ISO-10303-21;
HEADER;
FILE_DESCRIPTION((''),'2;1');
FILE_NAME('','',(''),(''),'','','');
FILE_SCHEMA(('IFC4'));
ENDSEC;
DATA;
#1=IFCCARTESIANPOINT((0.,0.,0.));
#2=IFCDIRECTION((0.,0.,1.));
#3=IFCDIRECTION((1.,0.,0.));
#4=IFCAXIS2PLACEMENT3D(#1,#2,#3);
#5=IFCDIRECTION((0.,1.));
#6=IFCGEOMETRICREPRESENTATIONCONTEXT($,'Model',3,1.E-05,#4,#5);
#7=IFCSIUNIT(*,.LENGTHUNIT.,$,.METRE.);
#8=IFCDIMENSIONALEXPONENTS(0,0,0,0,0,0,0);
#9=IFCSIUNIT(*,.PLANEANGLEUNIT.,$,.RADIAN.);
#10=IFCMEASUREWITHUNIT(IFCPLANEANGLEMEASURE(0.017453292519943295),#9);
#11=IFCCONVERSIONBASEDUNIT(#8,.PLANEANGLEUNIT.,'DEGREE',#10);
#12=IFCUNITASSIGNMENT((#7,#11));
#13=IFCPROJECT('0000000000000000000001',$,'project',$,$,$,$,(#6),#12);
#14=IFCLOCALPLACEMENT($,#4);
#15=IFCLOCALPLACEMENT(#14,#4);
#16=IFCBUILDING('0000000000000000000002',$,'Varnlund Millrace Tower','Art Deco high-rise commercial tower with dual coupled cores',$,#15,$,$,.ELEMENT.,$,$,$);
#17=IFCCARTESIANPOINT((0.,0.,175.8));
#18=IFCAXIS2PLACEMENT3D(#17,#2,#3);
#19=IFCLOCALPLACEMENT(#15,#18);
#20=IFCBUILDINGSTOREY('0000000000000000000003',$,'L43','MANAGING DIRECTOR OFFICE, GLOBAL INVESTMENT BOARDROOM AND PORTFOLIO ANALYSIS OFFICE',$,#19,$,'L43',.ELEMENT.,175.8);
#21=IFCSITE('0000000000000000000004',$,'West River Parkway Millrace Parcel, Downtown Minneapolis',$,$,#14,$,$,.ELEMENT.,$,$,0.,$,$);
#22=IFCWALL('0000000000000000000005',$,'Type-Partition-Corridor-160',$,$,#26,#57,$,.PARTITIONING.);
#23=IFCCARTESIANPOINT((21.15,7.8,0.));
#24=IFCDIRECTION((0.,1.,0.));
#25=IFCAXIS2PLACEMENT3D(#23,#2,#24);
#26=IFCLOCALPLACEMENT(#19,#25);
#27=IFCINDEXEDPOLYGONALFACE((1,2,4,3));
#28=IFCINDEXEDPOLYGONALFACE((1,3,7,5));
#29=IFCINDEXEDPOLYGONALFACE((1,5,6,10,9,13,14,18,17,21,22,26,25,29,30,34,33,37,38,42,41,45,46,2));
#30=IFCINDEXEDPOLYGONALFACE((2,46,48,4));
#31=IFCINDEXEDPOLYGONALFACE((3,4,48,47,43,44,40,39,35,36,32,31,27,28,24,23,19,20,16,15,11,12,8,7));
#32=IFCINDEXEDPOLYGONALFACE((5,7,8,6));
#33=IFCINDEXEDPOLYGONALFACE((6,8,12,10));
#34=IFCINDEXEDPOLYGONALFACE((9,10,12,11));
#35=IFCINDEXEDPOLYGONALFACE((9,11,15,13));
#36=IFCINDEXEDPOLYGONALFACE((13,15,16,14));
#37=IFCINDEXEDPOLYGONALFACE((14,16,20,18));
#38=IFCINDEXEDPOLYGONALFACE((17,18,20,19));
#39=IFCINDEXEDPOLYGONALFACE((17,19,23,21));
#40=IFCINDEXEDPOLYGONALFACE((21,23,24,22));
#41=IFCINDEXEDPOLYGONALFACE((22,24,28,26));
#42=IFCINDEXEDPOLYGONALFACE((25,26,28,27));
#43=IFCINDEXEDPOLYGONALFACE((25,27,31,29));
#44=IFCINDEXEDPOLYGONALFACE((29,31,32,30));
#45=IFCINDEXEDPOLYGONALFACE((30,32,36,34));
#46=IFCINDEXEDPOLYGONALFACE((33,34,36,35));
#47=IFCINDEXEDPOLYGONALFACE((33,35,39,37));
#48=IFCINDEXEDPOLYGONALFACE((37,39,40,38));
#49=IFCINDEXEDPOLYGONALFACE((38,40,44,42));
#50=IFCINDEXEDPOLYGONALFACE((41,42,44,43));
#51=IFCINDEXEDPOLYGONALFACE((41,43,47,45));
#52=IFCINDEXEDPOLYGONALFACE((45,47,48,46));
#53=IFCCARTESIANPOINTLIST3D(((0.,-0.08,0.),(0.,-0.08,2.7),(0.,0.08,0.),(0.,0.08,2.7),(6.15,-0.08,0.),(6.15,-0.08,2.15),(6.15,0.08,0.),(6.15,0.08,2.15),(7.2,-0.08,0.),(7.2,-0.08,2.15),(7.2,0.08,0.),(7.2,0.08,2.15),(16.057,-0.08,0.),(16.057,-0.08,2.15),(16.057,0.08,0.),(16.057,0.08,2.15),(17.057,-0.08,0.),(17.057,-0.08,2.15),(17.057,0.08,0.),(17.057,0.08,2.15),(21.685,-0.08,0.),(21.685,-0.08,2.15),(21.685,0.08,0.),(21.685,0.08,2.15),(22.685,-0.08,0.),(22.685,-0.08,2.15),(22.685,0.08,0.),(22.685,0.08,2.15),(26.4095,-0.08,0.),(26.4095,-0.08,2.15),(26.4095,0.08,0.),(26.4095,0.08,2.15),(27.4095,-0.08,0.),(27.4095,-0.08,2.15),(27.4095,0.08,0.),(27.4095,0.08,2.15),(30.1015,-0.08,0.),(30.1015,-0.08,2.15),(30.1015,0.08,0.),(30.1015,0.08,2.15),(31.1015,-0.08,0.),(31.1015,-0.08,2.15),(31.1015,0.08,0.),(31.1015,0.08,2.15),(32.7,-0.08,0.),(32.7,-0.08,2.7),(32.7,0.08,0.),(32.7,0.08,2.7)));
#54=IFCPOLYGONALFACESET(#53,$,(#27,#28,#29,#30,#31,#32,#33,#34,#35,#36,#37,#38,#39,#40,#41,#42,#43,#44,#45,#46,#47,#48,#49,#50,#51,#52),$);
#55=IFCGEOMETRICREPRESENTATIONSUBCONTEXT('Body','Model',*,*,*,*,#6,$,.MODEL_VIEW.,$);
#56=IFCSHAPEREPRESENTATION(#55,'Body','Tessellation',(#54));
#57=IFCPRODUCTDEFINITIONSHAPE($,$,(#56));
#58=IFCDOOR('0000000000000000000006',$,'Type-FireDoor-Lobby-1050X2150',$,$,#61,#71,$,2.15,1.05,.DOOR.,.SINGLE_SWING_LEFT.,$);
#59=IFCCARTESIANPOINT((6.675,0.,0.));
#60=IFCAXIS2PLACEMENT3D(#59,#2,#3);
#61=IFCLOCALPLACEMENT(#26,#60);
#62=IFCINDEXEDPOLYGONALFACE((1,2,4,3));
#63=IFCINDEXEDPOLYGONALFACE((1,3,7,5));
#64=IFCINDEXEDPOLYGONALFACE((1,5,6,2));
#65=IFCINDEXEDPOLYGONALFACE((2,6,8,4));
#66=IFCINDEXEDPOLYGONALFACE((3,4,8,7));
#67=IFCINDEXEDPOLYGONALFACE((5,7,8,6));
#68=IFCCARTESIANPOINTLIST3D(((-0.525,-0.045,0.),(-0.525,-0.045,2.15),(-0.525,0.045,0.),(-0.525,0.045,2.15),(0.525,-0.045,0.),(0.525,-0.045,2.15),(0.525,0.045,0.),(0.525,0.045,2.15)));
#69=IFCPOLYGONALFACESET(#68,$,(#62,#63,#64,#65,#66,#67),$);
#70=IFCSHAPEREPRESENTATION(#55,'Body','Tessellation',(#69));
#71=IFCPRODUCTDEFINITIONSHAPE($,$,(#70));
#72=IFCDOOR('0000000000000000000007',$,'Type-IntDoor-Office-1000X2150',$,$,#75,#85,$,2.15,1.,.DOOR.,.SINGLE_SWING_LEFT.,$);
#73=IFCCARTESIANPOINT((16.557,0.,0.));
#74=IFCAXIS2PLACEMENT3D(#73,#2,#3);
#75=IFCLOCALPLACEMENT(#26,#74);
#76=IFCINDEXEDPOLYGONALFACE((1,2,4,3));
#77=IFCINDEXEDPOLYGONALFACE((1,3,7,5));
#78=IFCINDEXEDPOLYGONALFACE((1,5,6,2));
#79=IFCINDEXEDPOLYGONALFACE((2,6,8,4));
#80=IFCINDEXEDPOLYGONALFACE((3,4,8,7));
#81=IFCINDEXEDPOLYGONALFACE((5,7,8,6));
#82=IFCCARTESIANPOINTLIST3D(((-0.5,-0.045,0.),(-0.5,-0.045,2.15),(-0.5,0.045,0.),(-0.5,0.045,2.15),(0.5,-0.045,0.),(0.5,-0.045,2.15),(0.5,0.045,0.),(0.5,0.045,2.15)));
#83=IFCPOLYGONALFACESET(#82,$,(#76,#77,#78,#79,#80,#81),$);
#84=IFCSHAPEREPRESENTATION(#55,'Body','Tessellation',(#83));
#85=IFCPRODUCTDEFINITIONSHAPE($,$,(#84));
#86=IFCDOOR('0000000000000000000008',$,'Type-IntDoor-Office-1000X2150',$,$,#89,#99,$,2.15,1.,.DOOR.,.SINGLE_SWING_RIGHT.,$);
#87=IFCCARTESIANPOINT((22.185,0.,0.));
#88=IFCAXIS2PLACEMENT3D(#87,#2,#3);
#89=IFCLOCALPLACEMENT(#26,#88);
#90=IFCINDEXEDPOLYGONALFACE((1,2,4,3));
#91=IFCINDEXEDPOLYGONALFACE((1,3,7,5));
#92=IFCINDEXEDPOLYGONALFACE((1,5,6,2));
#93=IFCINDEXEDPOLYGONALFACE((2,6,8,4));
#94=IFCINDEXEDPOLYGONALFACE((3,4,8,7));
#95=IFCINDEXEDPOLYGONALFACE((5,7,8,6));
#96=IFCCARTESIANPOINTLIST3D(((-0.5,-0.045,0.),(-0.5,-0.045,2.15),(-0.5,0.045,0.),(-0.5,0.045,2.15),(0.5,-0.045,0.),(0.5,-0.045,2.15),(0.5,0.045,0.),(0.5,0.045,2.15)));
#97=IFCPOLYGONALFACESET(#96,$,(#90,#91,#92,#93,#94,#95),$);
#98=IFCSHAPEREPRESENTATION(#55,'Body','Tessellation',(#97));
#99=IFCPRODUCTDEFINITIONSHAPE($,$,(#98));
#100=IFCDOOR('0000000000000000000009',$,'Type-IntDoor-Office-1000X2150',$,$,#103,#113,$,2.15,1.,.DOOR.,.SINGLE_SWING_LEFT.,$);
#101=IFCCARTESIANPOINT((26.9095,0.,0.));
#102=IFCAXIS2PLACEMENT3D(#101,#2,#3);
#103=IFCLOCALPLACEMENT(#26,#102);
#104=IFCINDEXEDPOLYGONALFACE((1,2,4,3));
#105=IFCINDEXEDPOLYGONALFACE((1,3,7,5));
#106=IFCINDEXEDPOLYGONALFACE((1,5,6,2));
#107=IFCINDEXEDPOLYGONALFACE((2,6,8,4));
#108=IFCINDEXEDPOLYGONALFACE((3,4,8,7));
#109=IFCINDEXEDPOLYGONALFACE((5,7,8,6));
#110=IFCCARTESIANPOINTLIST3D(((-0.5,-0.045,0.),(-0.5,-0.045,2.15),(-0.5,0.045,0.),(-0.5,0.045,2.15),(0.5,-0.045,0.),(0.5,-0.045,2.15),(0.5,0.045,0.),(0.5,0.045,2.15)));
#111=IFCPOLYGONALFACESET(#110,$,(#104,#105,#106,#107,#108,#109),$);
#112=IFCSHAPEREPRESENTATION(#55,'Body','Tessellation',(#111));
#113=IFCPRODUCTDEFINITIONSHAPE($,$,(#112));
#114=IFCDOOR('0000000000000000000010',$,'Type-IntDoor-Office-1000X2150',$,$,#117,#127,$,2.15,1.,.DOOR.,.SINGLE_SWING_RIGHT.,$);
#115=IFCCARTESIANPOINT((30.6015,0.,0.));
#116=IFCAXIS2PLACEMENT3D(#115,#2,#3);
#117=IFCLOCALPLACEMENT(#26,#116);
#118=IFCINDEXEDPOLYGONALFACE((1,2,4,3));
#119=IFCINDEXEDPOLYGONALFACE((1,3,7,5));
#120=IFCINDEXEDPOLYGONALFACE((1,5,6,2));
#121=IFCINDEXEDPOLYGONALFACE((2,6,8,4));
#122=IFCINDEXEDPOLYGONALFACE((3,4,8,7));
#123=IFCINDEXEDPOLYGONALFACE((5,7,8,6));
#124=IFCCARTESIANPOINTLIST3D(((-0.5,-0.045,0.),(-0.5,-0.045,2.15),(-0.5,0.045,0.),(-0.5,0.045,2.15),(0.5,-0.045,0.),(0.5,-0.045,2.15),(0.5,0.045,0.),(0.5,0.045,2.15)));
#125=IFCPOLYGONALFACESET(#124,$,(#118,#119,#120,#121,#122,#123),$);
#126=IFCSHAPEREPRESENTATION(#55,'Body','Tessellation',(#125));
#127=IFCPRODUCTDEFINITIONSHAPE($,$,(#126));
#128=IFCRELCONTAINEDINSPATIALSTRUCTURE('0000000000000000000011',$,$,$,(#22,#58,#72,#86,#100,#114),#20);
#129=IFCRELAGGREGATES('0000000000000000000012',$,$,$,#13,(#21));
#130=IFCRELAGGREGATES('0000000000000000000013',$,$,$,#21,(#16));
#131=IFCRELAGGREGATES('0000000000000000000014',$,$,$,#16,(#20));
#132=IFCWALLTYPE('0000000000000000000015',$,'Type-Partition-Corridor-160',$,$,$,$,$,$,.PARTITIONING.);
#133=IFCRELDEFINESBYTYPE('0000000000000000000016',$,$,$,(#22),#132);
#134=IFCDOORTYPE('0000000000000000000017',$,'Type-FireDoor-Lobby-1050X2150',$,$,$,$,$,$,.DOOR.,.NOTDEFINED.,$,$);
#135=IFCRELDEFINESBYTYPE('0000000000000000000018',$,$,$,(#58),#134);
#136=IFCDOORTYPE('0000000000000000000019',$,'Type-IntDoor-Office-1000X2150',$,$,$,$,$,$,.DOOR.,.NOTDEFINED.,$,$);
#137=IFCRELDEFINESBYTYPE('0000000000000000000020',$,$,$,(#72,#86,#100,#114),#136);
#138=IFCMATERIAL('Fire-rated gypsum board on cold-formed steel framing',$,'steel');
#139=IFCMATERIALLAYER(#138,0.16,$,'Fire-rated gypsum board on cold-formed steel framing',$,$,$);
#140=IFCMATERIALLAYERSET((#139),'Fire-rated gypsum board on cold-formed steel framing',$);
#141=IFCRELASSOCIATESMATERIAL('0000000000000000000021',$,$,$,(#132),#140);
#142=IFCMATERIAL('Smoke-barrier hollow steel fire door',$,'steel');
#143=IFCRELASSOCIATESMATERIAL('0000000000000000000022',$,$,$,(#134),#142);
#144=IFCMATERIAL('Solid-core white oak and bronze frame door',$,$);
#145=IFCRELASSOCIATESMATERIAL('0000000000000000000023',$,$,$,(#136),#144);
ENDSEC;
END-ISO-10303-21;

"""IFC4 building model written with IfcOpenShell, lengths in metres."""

from ifc_helpers import new_model, entity, si_unit, converted_unit, direction, frame, origin_with_axes, origin_2d_with_axis, place, context, subcontext, project, spatial, polyline, rectangle, outline, extrude, material, layer, layer_set, type_object, element, fill, save


model = new_model("IFC4")

# Units and contexts
model_context = context("Model", 3, precision=1e-05, world=origin_with_axes(), true_north=direction((0.0, 1.0)))
body_context = subcontext(model_context, "Body", "Model", "MODEL_VIEW")
ifc_project = project(units=[si_unit("LENGTHUNIT", "METRE"), converted_unit("PLANEANGLEUNIT", "DEGREE", entity("IfcPlaneAngleMeasure", 0.017453292519943295), si_unit("PLANEANGLEUNIT", "RADIAN"), dimensions=[0, 0, 0, 0, 0, 0, 0])], contexts=[model_context])

# Site, building, storey
site_placement = place(None, origin_with_axes())
site = spatial("IfcSite", under=ifc_project, at=site_placement, Name="West River Parkway Millrace Parcel, Downtown Minneapolis", CompositionType="ELEMENT", RefElevation=0.0)
building_placement = place(site_placement, origin_with_axes())
building = spatial("IfcBuilding", under=site, at=building_placement, Name="Varnlund Millrace Tower", Description="Art Deco high-rise commercial tower with dual coupled cores", CompositionType="ELEMENT")
storey_placement = place(building_placement, frame((0.0, 0.0, 175.8), z_axis=(0.0, 0.0, 1.0), x_axis=(1.0, 0.0, 0.0)))
storey = spatial("IfcBuildingStorey", under=building, at=storey_placement, Name="L43", Description="MANAGING DIRECTOR OFFICE, GLOBAL INVESTMENT BOARDROOM AND PORTFOLIO ANALYSIS OFFICE", LongName="L43", CompositionType="ELEMENT", Elevation=175.8)

# Wall, openings, doors
ifc_material_1 = material(Name="Fire-rated gypsum board on cold-formed steel framing", Category="steel")
ifc_layer_1 = layer(ifc_material_1, 0.16, Name="Fire-rated gypsum board on cold-formed steel framing")
ifc_layer_set_1 = layer_set([ifc_layer_1], Name="Fire-rated gypsum board on cold-formed steel framing")
wall_type_1 = type_object("IfcWallType", Name="Type-Partition-Corridor-160", PredefinedType="PARTITIONING", material=ifc_layer_set_1)
wall_1_placement = place(storey_placement, frame((21.15, 7.8, 0.0), z_axis=(0.0, 0.0, 1.0), x_axis=(0.0, 1.0, 0.0)))
wall_1 = element("IfcWall", 1, at=wall_1_placement, inside=storey, type_object=wall_type_1, Name="Type-Partition-Corridor-160", PredefinedType="PARTITIONING", context=body_context, shape_type="SweptSolid", body=[
    extrude(outline(polyline([(0.0, -0.08), (32.7, -0.08), (32.7, 0.08), (0.0, 0.08), (0.0, -0.08)])), origin_with_axes(), (0.0, 0.0, 1.0), 2.7),
])
opening_1_placement = place(wall_1_placement, frame((16.557, 0.0, 0.0), z_axis=(0.0, 0.0, 1.0), x_axis=(1.0, 0.0, 0.0)))
opening_1 = element("IfcOpeningElement", 2, at=opening_1_placement, cuts=wall_1, PredefinedType="OPENING", context=body_context, shape_type="SweptSolid", body=[
    extrude(rectangle(XDim=1.0, YDim=0.18, at=origin_2d_with_axis()), origin_with_axes(), (0.0, 0.0, 1.0), 2.15),
])
opening_2_placement = place(wall_1_placement, frame((22.185, 0.0, 0.0), z_axis=(0.0, 0.0, 1.0), x_axis=(1.0, 0.0, 0.0)))
opening_2 = element("IfcOpeningElement", 3, at=opening_2_placement, cuts=wall_1, PredefinedType="OPENING", context=body_context, shape_type="SweptSolid", body=[
    extrude(rectangle(XDim=1.0, YDim=0.18, at=origin_2d_with_axis()), origin_with_axes(), (0.0, 0.0, 1.0), 2.15),
])
opening_3_placement = place(wall_1_placement, frame((26.9095, 0.0, 0.0), z_axis=(0.0, 0.0, 1.0), x_axis=(1.0, 0.0, 0.0)))
opening_3 = element("IfcOpeningElement", 4, at=opening_3_placement, cuts=wall_1, PredefinedType="OPENING", context=body_context, shape_type="SweptSolid", body=[
    extrude(rectangle(XDim=1.0, YDim=0.18, at=origin_2d_with_axis()), origin_with_axes(), (0.0, 0.0, 1.0), 2.15),
])
opening_4_placement = place(wall_1_placement, frame((30.6015, 0.0, 0.0), z_axis=(0.0, 0.0, 1.0), x_axis=(1.0, 0.0, 0.0)))
opening_4 = element("IfcOpeningElement", 5, at=opening_4_placement, cuts=wall_1, PredefinedType="OPENING", context=body_context, shape_type="SweptSolid", body=[
    extrude(rectangle(XDim=1.0, YDim=0.18, at=origin_2d_with_axis()), origin_with_axes(), (0.0, 0.0, 1.0), 2.15),
])
opening_5_placement = place(wall_1_placement, frame((6.675, 0.0, 0.0), z_axis=(0.0, 0.0, 1.0), x_axis=(1.0, 0.0, 0.0)))
opening_5 = element("IfcOpeningElement", 6, at=opening_5_placement, cuts=wall_1, PredefinedType="OPENING", context=body_context, shape_type="SweptSolid", body=[
    extrude(rectangle(XDim=1.05, YDim=0.18, at=origin_2d_with_axis()), origin_with_axes(), (0.0, 0.0, 1.0), 2.15),
])
ifc_material_2 = material(Name="Smoke-barrier hollow steel fire door", Category="steel")
door_type_1 = type_object("IfcDoorType", Name="Type-FireDoor-Lobby-1050X2150", OperationType="NOTDEFINED", PredefinedType="DOOR", material=ifc_material_2)
door_1_placement = place(wall_1_placement, frame((6.675, 0.0, 0.0), z_axis=(0.0, 0.0, 1.0), x_axis=(1.0, 0.0, 0.0)))
door_1 = element("IfcDoor", 7, at=door_1_placement, inside=storey, type_object=door_type_1, Name="Type-FireDoor-Lobby-1050X2150", OperationType="SINGLE_SWING_LEFT", OverallHeight=2.15, OverallWidth=1.05, PredefinedType="DOOR", context=body_context, shape_type="SweptSolid", body=[
    extrude(rectangle(XDim=1.05, YDim=0.09, at=origin_2d_with_axis()), origin_with_axes(), (0.0, 0.0, 1.0), 2.15),
])
fill(opening_5, door_1)
ifc_material_3 = material(Name="Solid-core white oak and bronze frame door")
door_type_2 = type_object("IfcDoorType", Name="Type-IntDoor-Office-1000X2150", OperationType="NOTDEFINED", PredefinedType="DOOR", material=ifc_material_3)
door_2_placement = place(wall_1_placement, frame((16.557, 0.0, 0.0), z_axis=(0.0, 0.0, 1.0), x_axis=(1.0, 0.0, 0.0)))
door_2 = element("IfcDoor", 8, at=door_2_placement, inside=storey, type_object=door_type_2, Name="Type-IntDoor-Office-1000X2150", OperationType="SINGLE_SWING_LEFT", OverallHeight=2.15, OverallWidth=1.0, PredefinedType="DOOR", context=body_context, shape_type="SweptSolid", body=[
    extrude(rectangle(XDim=1.0, YDim=0.09, at=origin_2d_with_axis()), origin_with_axes(), (0.0, 0.0, 1.0), 2.15),
])
fill(opening_1, door_2)
door_3_placement = place(wall_1_placement, frame((22.185, 0.0, 0.0), z_axis=(0.0, 0.0, 1.0), x_axis=(1.0, 0.0, 0.0)))
door_3 = element("IfcDoor", 9, at=door_3_placement, inside=storey, type_object=door_type_2, Name="Type-IntDoor-Office-1000X2150", OperationType="SINGLE_SWING_RIGHT", OverallHeight=2.15, OverallWidth=1.0, PredefinedType="DOOR", context=body_context, shape_type="SweptSolid", body=[
    extrude(rectangle(XDim=1.0, YDim=0.09, at=origin_2d_with_axis()), origin_with_axes(), (0.0, 0.0, 1.0), 2.15),
])
fill(opening_2, door_3)
door_4_placement = place(wall_1_placement, frame((26.9095, 0.0, 0.0), z_axis=(0.0, 0.0, 1.0), x_axis=(1.0, 0.0, 0.0)))
door_4 = element("IfcDoor", 10, at=door_4_placement, inside=storey, type_object=door_type_2, Name="Type-IntDoor-Office-1000X2150", OperationType="SINGLE_SWING_LEFT", OverallHeight=2.15, OverallWidth=1.0, PredefinedType="DOOR", context=body_context, shape_type="SweptSolid", body=[
    extrude(rectangle(XDim=1.0, YDim=0.09, at=origin_2d_with_axis()), origin_with_axes(), (0.0, 0.0, 1.0), 2.15),
])
fill(opening_3, door_4)
door_5_placement = place(wall_1_placement, frame((30.6015, 0.0, 0.0), z_axis=(0.0, 0.0, 1.0), x_axis=(1.0, 0.0, 0.0)))
door_5 = element("IfcDoor", 11, at=door_5_placement, inside=storey, type_object=door_type_2, Name="Type-IntDoor-Office-1000X2150", OperationType="SINGLE_SWING_RIGHT", OverallHeight=2.15, OverallWidth=1.0, PredefinedType="DOOR", context=body_context, shape_type="SweptSolid", body=[
    extrude(rectangle(XDim=1.0, YDim=0.09, at=origin_2d_with_axis()), origin_with_axes(), (0.0, 0.0, 1.0), 2.15),
])
fill(opening_4, door_5)

save(model, "model.ifc")
